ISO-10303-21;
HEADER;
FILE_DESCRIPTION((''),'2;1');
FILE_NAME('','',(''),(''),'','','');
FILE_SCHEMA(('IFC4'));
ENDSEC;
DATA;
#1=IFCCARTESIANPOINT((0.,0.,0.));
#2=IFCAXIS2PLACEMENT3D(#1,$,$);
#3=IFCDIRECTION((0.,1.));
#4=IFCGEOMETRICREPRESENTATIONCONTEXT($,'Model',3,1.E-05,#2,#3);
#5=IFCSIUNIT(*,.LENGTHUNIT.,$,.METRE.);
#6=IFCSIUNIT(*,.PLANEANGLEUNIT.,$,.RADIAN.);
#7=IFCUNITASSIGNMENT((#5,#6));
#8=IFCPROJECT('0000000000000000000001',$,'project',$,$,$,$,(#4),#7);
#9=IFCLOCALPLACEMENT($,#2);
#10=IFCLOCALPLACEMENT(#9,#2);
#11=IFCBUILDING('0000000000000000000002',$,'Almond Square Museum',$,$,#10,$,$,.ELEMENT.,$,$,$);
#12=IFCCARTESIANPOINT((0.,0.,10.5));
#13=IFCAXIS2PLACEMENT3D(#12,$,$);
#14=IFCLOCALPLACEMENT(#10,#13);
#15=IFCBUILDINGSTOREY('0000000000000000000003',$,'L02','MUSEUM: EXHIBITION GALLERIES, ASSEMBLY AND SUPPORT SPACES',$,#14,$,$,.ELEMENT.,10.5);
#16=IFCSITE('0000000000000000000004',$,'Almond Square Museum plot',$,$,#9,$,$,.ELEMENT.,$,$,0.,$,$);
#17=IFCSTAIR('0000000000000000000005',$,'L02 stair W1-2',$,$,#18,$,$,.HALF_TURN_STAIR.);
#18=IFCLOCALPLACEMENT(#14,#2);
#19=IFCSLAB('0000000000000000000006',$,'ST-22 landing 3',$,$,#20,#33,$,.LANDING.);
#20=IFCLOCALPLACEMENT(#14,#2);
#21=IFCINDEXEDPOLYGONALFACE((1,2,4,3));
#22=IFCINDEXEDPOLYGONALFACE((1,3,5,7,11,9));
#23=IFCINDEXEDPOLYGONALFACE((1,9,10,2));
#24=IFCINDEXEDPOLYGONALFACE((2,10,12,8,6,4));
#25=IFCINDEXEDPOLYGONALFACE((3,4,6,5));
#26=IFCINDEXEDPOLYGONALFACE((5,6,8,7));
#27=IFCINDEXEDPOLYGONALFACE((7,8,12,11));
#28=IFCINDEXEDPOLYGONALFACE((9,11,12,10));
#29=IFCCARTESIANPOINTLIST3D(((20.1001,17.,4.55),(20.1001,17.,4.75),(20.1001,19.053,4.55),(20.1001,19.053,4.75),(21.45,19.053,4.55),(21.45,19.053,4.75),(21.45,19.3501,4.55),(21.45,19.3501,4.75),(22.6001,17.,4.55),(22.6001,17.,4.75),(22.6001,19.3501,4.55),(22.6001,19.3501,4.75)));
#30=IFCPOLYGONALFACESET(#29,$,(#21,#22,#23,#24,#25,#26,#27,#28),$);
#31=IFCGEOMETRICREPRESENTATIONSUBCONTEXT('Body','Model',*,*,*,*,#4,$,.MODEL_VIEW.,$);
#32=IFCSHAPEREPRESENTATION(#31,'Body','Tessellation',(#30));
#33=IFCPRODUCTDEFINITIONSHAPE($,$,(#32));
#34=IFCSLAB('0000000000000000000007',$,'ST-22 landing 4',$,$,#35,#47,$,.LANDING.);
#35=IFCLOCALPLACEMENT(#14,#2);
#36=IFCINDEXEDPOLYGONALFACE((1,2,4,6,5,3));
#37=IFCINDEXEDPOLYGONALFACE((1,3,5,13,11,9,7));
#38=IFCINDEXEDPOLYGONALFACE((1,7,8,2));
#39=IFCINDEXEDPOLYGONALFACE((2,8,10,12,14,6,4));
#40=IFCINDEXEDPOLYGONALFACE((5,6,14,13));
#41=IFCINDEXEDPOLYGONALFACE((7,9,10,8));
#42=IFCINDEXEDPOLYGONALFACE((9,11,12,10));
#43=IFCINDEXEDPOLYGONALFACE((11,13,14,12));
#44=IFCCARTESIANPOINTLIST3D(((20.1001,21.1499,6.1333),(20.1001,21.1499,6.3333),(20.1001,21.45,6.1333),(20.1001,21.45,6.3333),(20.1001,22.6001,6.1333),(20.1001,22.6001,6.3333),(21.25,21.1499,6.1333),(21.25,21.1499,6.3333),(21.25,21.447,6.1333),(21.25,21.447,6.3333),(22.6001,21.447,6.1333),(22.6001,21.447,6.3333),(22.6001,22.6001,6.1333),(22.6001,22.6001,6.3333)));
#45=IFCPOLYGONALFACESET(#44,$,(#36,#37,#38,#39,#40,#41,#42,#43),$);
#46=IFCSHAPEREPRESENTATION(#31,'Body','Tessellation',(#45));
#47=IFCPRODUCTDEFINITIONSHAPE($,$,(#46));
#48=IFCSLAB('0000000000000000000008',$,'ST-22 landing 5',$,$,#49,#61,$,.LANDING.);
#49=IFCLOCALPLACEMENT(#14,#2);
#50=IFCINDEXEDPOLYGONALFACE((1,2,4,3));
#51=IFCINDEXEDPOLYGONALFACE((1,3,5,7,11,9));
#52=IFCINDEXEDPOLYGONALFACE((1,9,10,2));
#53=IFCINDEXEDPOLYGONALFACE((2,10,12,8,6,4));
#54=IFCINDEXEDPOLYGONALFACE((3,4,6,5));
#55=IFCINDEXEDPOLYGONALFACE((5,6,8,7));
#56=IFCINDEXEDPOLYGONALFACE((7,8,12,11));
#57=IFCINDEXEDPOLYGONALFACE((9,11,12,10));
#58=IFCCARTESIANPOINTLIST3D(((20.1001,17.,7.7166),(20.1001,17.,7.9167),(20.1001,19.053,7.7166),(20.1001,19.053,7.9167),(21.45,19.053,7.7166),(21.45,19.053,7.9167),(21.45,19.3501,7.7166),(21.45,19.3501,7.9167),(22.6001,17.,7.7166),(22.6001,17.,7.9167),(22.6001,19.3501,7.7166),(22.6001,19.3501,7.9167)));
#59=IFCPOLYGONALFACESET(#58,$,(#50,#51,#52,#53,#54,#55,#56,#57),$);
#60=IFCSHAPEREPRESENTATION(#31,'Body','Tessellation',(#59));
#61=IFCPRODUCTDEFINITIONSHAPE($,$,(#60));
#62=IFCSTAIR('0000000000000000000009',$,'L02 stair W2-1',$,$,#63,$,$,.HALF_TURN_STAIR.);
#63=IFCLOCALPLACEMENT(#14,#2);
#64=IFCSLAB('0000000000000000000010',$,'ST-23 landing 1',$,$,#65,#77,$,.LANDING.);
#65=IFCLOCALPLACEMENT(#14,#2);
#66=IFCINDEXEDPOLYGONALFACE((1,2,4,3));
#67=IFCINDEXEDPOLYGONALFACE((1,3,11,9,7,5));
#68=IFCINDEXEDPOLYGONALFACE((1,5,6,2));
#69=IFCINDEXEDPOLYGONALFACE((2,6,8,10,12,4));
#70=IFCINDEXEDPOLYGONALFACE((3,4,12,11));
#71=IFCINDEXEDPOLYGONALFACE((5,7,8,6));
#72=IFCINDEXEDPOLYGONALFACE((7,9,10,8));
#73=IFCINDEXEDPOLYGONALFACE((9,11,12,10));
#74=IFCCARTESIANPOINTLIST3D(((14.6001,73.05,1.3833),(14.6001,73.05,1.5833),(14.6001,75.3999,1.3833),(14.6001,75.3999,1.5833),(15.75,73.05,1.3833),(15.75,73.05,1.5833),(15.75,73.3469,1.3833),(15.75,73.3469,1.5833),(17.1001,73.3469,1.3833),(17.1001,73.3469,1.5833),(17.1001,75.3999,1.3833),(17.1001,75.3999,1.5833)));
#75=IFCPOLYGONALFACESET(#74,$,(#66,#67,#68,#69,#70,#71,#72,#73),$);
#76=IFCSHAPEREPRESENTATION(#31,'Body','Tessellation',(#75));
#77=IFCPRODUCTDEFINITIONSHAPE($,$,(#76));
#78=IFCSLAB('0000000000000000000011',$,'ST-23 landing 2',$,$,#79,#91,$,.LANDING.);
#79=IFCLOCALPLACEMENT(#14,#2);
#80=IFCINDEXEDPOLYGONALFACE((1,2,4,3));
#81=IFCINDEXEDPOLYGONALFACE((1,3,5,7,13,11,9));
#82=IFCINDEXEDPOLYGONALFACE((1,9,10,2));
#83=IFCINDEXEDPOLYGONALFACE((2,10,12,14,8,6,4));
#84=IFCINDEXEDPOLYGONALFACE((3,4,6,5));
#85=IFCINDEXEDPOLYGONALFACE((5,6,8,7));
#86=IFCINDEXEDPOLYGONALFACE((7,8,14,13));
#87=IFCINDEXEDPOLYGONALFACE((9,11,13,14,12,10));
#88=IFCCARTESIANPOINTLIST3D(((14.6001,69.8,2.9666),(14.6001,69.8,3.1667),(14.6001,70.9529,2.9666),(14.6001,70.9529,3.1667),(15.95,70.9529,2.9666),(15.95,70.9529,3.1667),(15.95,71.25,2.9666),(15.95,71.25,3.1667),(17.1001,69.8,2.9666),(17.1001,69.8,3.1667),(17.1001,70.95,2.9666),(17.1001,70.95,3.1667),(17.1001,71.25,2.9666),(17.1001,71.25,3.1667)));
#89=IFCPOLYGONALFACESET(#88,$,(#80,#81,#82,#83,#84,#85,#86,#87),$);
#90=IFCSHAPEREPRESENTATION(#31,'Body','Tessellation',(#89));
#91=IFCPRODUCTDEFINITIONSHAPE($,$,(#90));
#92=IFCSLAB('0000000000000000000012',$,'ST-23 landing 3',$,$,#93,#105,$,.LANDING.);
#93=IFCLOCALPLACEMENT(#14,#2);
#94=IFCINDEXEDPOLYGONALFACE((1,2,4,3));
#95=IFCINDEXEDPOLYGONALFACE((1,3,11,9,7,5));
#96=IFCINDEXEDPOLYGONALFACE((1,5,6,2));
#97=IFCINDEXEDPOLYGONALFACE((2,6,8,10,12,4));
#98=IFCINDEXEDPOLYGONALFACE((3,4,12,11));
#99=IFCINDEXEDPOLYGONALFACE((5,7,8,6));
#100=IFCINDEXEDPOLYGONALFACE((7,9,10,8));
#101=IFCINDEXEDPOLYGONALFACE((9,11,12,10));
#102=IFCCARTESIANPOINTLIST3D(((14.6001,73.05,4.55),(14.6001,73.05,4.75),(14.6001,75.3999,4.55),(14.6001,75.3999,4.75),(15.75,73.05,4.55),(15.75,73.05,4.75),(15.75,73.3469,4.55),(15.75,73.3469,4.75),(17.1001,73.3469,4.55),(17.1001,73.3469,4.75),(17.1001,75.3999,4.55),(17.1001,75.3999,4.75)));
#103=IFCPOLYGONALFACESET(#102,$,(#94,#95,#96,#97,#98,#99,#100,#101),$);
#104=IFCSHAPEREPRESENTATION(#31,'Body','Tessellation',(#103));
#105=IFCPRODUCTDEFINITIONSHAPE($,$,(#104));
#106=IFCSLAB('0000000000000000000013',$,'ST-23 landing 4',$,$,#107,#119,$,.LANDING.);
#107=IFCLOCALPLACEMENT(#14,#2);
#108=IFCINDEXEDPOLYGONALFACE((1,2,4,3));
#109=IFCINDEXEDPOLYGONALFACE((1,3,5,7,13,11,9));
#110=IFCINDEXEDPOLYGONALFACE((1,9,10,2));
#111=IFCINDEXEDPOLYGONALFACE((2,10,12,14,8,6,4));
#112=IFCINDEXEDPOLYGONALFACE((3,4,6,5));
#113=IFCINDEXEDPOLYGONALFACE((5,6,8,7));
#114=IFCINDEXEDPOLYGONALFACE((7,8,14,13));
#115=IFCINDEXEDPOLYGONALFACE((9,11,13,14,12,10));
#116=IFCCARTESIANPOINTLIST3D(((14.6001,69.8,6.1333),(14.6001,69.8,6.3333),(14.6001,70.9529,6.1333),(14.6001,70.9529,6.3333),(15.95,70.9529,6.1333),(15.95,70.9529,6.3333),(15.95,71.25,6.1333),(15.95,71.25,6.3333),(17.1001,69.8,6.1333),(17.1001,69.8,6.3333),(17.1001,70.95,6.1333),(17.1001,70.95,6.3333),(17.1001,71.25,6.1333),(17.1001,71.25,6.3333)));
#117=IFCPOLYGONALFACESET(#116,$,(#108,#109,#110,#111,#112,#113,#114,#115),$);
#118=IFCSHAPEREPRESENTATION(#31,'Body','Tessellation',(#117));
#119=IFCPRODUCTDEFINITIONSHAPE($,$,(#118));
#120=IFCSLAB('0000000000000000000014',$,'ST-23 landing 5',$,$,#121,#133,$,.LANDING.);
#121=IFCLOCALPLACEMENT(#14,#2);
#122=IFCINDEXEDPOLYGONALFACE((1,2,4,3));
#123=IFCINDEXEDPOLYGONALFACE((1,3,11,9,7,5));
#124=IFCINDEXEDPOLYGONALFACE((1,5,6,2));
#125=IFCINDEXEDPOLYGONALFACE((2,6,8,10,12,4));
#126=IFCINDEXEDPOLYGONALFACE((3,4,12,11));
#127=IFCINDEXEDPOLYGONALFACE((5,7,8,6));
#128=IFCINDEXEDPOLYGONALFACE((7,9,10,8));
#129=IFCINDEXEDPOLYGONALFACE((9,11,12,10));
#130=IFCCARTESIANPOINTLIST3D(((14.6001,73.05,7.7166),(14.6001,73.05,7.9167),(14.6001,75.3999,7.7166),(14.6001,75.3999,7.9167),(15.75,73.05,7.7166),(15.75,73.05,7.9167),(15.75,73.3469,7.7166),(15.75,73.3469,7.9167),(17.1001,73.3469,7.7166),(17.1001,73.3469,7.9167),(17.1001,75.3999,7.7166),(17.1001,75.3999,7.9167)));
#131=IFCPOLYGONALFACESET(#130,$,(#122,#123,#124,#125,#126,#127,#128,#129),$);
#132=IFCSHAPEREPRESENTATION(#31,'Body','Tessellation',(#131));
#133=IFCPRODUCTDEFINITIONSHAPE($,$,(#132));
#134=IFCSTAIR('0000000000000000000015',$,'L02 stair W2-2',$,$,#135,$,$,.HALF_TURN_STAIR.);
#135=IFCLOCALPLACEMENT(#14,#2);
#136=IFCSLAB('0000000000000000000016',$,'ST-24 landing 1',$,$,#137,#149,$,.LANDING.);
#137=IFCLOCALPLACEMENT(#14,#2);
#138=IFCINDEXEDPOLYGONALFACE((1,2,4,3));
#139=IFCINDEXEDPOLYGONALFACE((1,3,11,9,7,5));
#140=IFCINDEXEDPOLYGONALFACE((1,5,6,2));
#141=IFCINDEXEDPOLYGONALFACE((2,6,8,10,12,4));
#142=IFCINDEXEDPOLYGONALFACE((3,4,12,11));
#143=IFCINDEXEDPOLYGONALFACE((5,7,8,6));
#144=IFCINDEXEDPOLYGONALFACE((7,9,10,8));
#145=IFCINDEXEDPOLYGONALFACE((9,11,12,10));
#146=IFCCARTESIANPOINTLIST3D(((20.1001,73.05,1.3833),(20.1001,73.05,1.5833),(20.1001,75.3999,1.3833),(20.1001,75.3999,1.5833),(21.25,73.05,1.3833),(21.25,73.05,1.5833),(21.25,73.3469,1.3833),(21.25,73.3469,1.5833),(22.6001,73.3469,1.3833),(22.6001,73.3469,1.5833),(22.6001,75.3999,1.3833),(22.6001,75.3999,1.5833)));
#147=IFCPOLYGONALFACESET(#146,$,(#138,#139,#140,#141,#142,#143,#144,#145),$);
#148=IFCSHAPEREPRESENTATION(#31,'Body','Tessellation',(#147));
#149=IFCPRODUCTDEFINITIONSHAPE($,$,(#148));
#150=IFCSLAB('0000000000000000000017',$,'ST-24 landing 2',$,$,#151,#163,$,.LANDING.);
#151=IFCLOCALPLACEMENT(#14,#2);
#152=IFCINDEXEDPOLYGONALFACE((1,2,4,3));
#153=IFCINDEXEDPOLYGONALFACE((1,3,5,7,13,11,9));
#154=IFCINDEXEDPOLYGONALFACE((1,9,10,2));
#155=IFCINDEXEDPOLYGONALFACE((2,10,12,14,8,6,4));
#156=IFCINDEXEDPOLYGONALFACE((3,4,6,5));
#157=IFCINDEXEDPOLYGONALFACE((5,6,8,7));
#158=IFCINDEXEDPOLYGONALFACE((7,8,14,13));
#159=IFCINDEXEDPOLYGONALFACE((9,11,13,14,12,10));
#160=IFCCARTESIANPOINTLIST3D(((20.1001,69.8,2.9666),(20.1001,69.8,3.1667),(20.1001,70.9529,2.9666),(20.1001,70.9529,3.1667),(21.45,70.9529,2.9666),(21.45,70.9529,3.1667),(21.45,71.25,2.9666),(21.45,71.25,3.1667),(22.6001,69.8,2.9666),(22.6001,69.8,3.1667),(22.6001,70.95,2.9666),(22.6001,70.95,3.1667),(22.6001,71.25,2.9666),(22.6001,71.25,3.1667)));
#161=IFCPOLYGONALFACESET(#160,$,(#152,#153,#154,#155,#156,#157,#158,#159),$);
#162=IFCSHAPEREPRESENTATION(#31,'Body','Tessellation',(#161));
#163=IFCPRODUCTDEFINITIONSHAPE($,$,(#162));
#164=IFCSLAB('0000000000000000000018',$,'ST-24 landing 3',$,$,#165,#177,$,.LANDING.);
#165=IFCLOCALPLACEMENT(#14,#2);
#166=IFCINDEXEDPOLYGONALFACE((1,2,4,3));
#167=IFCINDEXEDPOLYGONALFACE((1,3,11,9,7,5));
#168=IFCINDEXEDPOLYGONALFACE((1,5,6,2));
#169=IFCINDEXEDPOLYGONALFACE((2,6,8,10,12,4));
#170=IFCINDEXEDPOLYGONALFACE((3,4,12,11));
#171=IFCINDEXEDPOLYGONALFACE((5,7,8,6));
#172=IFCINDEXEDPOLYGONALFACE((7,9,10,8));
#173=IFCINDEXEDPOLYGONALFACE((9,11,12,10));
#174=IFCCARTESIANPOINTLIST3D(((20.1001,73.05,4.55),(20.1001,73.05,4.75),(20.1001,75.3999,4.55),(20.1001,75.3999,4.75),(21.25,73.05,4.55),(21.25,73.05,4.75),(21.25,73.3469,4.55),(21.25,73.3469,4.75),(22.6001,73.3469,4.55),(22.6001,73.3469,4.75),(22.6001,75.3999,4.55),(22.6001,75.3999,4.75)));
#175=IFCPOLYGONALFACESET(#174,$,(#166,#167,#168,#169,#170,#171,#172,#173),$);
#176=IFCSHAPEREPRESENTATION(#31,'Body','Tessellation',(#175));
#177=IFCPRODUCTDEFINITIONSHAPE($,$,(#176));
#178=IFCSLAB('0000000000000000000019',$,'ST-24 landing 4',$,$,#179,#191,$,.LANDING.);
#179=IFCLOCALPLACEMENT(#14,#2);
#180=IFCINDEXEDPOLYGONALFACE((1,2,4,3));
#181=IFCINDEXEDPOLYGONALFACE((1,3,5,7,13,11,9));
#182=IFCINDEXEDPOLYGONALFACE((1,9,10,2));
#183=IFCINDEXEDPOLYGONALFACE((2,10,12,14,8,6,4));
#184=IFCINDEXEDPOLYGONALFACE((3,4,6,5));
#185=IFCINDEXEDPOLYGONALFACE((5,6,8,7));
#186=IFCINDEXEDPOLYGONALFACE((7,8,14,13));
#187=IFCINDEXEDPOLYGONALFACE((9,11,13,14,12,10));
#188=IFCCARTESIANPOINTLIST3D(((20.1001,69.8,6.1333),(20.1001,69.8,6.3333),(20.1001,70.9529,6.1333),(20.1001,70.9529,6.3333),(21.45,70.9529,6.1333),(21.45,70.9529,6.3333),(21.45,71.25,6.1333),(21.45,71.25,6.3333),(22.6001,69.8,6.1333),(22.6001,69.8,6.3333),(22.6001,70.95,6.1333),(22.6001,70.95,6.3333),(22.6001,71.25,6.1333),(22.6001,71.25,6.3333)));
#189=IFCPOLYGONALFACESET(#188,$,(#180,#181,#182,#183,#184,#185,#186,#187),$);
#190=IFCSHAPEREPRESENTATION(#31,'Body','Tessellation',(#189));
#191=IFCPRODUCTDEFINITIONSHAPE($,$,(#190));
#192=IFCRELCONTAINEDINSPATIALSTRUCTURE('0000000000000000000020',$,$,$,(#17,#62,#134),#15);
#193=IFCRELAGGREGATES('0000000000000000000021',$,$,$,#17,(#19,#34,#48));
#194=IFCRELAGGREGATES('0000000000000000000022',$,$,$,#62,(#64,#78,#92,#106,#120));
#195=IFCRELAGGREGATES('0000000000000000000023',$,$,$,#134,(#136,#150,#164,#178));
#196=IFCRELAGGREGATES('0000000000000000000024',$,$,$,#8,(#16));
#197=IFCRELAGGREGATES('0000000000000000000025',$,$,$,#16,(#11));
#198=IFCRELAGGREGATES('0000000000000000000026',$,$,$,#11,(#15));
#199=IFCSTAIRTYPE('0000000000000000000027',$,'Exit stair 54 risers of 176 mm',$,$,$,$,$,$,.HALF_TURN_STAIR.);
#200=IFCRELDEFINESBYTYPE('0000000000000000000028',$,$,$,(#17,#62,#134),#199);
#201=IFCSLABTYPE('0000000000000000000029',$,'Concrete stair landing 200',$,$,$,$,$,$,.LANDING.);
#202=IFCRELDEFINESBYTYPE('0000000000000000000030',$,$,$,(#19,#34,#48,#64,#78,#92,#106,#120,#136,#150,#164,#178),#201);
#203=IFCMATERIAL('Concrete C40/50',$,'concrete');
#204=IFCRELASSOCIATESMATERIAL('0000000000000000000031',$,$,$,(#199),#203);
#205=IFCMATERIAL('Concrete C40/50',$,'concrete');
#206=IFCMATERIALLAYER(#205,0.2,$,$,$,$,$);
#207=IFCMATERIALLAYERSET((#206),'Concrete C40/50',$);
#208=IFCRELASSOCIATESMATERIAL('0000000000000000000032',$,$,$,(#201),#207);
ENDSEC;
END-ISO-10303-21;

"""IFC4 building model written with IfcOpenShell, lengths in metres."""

from ifc_helpers import new_model, si_unit, direction, frame, origin, place, context, subcontext, project, spatial, polyline, outline, extrude, material, layer, layer_set, type_object, element, aggregate, save


model = new_model("IFC4")

# Units and contexts
model_context = context("Model", 3, precision=1e-05, world=origin(), true_north=direction((0.0, 1.0)))
body_context = subcontext(model_context, "Body", "Model", "MODEL_VIEW")
ifc_project = project(units=[si_unit("LENGTHUNIT", "METRE"), si_unit("PLANEANGLEUNIT", "RADIAN")], contexts=[model_context])

# Site, building, storey
site_placement = place(None, origin())
site = spatial("IfcSite", under=ifc_project, at=site_placement, Name="Almond Square Museum plot", CompositionType="ELEMENT", RefElevation=0.0)
building_placement = place(site_placement, origin())
building = spatial("IfcBuilding", under=site, at=building_placement, Name="Almond Square Museum", CompositionType="ELEMENT")
storey_placement = place(building_placement, frame((0.0, 0.0, 10.5)))
storey = spatial("IfcBuildingStorey", under=building, at=storey_placement, Name="L02", Description="MUSEUM: EXHIBITION GALLERIES, ASSEMBLY AND SUPPORT SPACES", CompositionType="ELEMENT", Elevation=10.5)

# Stairs, slabs
ifc_material_1 = material(Name="Concrete C40/50", Category="concrete")
stair_type = type_object("IfcStairType", Name="Exit stair 54 risers of 176 mm", PredefinedType="HALF_TURN_STAIR", material=ifc_material_1)
stair_1_placement = place(storey_placement, origin())
stair_1 = element("IfcStair", 1, at=stair_1_placement, inside=storey, type_object=stair_type, Name="L02 stair W1-2", PredefinedType="HALF_TURN_STAIR")
ifc_material_2 = material(Name="Concrete C40/50", Category="concrete")
ifc_layer = layer(ifc_material_2, 0.2)
ifc_layer_set = layer_set([ifc_layer], Name="Concrete C40/50")
slab_type = type_object("IfcSlabType", Name="Concrete stair landing 200", PredefinedType="LANDING", material=ifc_layer_set)
slab_1_placement = place(storey_placement, frame((0.0, 0.0, 4.55)))
slab_1 = element("IfcSlab", 2, at=slab_1_placement, type_object=slab_type, Name="ST-22 landing 3", PredefinedType="LANDING", context=body_context, shape_type="SweptSolid", body=[
    extrude(outline(polyline([(20.1001, 19.053), (20.1001, 17.0), (22.6001, 17.0), (22.6001, 19.3501), (21.45, 19.3501), (21.45, 19.053), (20.1001, 19.053)])), origin(), (0.0, 0.0, 1.0), 0.2),
])
slab_2_placement = place(storey_placement, frame((0.0, 0.0, 6.1333)))
slab_2 = element("IfcSlab", 3, at=slab_2_placement, type_object=slab_type, Name="ST-22 landing 4", PredefinedType="LANDING", context=body_context, shape_type="SweptSolid", body=[
    extrude(outline(polyline([(20.1001, 22.6001), (20.1001, 21.45), (20.1001, 21.1499), (21.25, 21.1499), (21.25, 21.447), (22.6001, 21.447), (22.6001, 22.6001), (20.1001, 22.6001)])), origin(), (0.0, 0.0, 1.0), 0.2),
])
slab_3_placement = place(storey_placement, frame((0.0, 0.0, 7.7166)))
slab_3 = element("IfcSlab", 4, at=slab_3_placement, type_object=slab_type, Name="ST-22 landing 5", PredefinedType="LANDING", context=body_context, shape_type="SweptSolid", body=[
    extrude(outline(polyline([(20.1001, 19.053), (20.1001, 17.0), (22.6001, 17.0), (22.6001, 19.3501), (21.45, 19.3501), (21.45, 19.053), (20.1001, 19.053)])), origin(), (0.0, 0.0, 1.0), 0.2002),
])
aggregate(stair_1, [slab_1, slab_2, slab_3])
stair_2_placement = place(storey_placement, origin())
stair_2 = element("IfcStair", 5, at=stair_2_placement, inside=storey, type_object=stair_type, Name="L02 stair W2-1", PredefinedType="HALF_TURN_STAIR")
slab_4_placement = place(storey_placement, frame((0.0, 0.0, 1.3833)))
slab_4 = element("IfcSlab", 6, at=slab_4_placement, type_object=slab_type, Name="ST-23 landing 1", PredefinedType="LANDING", context=body_context, shape_type="SweptSolid", body=[
    extrude(outline(polyline([(17.1001, 73.3469), (17.1001, 75.3999), (14.6001, 75.3999), (14.6001, 73.05), (15.75, 73.05), (15.75, 73.3469), (17.1001, 73.3469)])), origin(), (0.0, 0.0, 1.0), 0.2),
])
slab_5_placement = place(storey_placement, frame((0.0, 0.0, 2.9666)))
slab_5 = element("IfcSlab", 7, at=slab_5_placement, type_object=slab_type, Name="ST-23 landing 2", PredefinedType="LANDING", context=body_context, shape_type="SweptSolid", body=[
    extrude(outline(polyline([(17.1001, 69.8), (17.1001, 70.95), (17.1001, 71.25), (15.95, 71.25), (15.95, 70.9529), (14.6001, 70.9529), (14.6001, 69.8), (17.1001, 69.8)])), origin(), (0.0, 0.0, 1.0), 0.2002),
])
slab_6_placement = place(storey_placement, frame((0.0, 0.0, 4.55)))
slab_6 = element("IfcSlab", 8, at=slab_6_placement, type_object=slab_type, Name="ST-23 landing 3", PredefinedType="LANDING", context=body_context, shape_type="SweptSolid", body=[
    extrude(outline(polyline([(17.1001, 73.3469), (17.1001, 75.3999), (14.6001, 75.3999), (14.6001, 73.05), (15.75, 73.05), (15.75, 73.3469), (17.1001, 73.3469)])), origin(), (0.0, 0.0, 1.0), 0.2),
])
slab_7_placement = place(storey_placement, frame((0.0, 0.0, 6.1333)))
slab_7 = element("IfcSlab", 9, at=slab_7_placement, type_object=slab_type, Name="ST-23 landing 4", PredefinedType="LANDING", context=body_context, shape_type="SweptSolid", body=[
    extrude(outline(polyline([(17.1001, 69.8), (17.1001, 70.95), (17.1001, 71.25), (15.95, 71.25), (15.95, 70.9529), (14.6001, 70.9529), (14.6001, 69.8), (17.1001, 69.8)])), origin(), (0.0, 0.0, 1.0), 0.2),
])
slab_8_placement = place(storey_placement, frame((0.0, 0.0, 7.7166)))
slab_8 = element("IfcSlab", 10, at=slab_8_placement, type_object=slab_type, Name="ST-23 landing 5", PredefinedType="LANDING", context=body_context, shape_type="SweptSolid", body=[
    extrude(outline(polyline([(17.1001, 73.3469), (17.1001, 75.3999), (14.6001, 75.3999), (14.6001, 73.05), (15.75, 73.05), (15.75, 73.3469), (17.1001, 73.3469)])), origin(), (0.0, 0.0, 1.0), 0.2002),
])
aggregate(stair_2, [slab_4, slab_5, slab_6, slab_7, slab_8])
stair_3_placement = place(storey_placement, origin())
stair_3 = element("IfcStair", 11, at=stair_3_placement, inside=storey, type_object=stair_type, Name="L02 stair W2-2", PredefinedType="HALF_TURN_STAIR")
slab_9_placement = place(storey_placement, frame((0.0, 0.0, 1.3833)))
slab_9 = element("IfcSlab", 12, at=slab_9_placement, type_object=slab_type, Name="ST-24 landing 1", PredefinedType="LANDING", context=body_context, shape_type="SweptSolid", body=[
    extrude(outline(polyline([(22.6001, 73.3469), (22.6001, 75.3999), (20.1001, 75.3999), (20.1001, 73.05), (21.25, 73.05), (21.25, 73.3469), (22.6001, 73.3469)])), origin(), (0.0, 0.0, 1.0), 0.2),
])
slab_10_placement = place(storey_placement, frame((0.0, 0.0, 2.9666)))
slab_10 = element("IfcSlab", 13, at=slab_10_placement, type_object=slab_type, Name="ST-24 landing 2", PredefinedType="LANDING", context=body_context, shape_type="SweptSolid", body=[
    extrude(outline(polyline([(22.6001, 69.8), (22.6001, 70.95), (22.6001, 71.25), (21.45, 71.25), (21.45, 70.9529), (20.1001, 70.9529), (20.1001, 69.8), (22.6001, 69.8)])), origin(), (0.0, 0.0, 1.0), 0.2002),
])
slab_11_placement = place(storey_placement, frame((0.0, 0.0, 4.55)))
slab_11 = element("IfcSlab", 14, at=slab_11_placement, type_object=slab_type, Name="ST-24 landing 3", PredefinedType="LANDING", context=body_context, shape_type="SweptSolid", body=[
    extrude(outline(polyline([(22.6001, 73.3469), (22.6001, 75.3999), (20.1001, 75.3999), (20.1001, 73.05), (21.25, 73.05), (21.25, 73.3469), (22.6001, 73.3469)])), origin(), (0.0, 0.0, 1.0), 0.2),
])
slab_12_placement = place(storey_placement, frame((0.0, 0.0, 6.1333)))
slab_12 = element("IfcSlab", 15, at=slab_12_placement, type_object=slab_type, Name="ST-24 landing 4", PredefinedType="LANDING", context=body_context, shape_type="SweptSolid", body=[
    extrude(outline(polyline([(22.6001, 69.8), (22.6001, 70.95), (22.6001, 71.25), (21.45, 71.25), (21.45, 70.9529), (20.1001, 70.9529), (20.1001, 69.8), (22.6001, 69.8)])), origin(), (0.0, 0.0, 1.0), 0.2),
])
aggregate(stair_3, [slab_9, slab_10, slab_11, slab_12])

save(model, "model.ifc")
